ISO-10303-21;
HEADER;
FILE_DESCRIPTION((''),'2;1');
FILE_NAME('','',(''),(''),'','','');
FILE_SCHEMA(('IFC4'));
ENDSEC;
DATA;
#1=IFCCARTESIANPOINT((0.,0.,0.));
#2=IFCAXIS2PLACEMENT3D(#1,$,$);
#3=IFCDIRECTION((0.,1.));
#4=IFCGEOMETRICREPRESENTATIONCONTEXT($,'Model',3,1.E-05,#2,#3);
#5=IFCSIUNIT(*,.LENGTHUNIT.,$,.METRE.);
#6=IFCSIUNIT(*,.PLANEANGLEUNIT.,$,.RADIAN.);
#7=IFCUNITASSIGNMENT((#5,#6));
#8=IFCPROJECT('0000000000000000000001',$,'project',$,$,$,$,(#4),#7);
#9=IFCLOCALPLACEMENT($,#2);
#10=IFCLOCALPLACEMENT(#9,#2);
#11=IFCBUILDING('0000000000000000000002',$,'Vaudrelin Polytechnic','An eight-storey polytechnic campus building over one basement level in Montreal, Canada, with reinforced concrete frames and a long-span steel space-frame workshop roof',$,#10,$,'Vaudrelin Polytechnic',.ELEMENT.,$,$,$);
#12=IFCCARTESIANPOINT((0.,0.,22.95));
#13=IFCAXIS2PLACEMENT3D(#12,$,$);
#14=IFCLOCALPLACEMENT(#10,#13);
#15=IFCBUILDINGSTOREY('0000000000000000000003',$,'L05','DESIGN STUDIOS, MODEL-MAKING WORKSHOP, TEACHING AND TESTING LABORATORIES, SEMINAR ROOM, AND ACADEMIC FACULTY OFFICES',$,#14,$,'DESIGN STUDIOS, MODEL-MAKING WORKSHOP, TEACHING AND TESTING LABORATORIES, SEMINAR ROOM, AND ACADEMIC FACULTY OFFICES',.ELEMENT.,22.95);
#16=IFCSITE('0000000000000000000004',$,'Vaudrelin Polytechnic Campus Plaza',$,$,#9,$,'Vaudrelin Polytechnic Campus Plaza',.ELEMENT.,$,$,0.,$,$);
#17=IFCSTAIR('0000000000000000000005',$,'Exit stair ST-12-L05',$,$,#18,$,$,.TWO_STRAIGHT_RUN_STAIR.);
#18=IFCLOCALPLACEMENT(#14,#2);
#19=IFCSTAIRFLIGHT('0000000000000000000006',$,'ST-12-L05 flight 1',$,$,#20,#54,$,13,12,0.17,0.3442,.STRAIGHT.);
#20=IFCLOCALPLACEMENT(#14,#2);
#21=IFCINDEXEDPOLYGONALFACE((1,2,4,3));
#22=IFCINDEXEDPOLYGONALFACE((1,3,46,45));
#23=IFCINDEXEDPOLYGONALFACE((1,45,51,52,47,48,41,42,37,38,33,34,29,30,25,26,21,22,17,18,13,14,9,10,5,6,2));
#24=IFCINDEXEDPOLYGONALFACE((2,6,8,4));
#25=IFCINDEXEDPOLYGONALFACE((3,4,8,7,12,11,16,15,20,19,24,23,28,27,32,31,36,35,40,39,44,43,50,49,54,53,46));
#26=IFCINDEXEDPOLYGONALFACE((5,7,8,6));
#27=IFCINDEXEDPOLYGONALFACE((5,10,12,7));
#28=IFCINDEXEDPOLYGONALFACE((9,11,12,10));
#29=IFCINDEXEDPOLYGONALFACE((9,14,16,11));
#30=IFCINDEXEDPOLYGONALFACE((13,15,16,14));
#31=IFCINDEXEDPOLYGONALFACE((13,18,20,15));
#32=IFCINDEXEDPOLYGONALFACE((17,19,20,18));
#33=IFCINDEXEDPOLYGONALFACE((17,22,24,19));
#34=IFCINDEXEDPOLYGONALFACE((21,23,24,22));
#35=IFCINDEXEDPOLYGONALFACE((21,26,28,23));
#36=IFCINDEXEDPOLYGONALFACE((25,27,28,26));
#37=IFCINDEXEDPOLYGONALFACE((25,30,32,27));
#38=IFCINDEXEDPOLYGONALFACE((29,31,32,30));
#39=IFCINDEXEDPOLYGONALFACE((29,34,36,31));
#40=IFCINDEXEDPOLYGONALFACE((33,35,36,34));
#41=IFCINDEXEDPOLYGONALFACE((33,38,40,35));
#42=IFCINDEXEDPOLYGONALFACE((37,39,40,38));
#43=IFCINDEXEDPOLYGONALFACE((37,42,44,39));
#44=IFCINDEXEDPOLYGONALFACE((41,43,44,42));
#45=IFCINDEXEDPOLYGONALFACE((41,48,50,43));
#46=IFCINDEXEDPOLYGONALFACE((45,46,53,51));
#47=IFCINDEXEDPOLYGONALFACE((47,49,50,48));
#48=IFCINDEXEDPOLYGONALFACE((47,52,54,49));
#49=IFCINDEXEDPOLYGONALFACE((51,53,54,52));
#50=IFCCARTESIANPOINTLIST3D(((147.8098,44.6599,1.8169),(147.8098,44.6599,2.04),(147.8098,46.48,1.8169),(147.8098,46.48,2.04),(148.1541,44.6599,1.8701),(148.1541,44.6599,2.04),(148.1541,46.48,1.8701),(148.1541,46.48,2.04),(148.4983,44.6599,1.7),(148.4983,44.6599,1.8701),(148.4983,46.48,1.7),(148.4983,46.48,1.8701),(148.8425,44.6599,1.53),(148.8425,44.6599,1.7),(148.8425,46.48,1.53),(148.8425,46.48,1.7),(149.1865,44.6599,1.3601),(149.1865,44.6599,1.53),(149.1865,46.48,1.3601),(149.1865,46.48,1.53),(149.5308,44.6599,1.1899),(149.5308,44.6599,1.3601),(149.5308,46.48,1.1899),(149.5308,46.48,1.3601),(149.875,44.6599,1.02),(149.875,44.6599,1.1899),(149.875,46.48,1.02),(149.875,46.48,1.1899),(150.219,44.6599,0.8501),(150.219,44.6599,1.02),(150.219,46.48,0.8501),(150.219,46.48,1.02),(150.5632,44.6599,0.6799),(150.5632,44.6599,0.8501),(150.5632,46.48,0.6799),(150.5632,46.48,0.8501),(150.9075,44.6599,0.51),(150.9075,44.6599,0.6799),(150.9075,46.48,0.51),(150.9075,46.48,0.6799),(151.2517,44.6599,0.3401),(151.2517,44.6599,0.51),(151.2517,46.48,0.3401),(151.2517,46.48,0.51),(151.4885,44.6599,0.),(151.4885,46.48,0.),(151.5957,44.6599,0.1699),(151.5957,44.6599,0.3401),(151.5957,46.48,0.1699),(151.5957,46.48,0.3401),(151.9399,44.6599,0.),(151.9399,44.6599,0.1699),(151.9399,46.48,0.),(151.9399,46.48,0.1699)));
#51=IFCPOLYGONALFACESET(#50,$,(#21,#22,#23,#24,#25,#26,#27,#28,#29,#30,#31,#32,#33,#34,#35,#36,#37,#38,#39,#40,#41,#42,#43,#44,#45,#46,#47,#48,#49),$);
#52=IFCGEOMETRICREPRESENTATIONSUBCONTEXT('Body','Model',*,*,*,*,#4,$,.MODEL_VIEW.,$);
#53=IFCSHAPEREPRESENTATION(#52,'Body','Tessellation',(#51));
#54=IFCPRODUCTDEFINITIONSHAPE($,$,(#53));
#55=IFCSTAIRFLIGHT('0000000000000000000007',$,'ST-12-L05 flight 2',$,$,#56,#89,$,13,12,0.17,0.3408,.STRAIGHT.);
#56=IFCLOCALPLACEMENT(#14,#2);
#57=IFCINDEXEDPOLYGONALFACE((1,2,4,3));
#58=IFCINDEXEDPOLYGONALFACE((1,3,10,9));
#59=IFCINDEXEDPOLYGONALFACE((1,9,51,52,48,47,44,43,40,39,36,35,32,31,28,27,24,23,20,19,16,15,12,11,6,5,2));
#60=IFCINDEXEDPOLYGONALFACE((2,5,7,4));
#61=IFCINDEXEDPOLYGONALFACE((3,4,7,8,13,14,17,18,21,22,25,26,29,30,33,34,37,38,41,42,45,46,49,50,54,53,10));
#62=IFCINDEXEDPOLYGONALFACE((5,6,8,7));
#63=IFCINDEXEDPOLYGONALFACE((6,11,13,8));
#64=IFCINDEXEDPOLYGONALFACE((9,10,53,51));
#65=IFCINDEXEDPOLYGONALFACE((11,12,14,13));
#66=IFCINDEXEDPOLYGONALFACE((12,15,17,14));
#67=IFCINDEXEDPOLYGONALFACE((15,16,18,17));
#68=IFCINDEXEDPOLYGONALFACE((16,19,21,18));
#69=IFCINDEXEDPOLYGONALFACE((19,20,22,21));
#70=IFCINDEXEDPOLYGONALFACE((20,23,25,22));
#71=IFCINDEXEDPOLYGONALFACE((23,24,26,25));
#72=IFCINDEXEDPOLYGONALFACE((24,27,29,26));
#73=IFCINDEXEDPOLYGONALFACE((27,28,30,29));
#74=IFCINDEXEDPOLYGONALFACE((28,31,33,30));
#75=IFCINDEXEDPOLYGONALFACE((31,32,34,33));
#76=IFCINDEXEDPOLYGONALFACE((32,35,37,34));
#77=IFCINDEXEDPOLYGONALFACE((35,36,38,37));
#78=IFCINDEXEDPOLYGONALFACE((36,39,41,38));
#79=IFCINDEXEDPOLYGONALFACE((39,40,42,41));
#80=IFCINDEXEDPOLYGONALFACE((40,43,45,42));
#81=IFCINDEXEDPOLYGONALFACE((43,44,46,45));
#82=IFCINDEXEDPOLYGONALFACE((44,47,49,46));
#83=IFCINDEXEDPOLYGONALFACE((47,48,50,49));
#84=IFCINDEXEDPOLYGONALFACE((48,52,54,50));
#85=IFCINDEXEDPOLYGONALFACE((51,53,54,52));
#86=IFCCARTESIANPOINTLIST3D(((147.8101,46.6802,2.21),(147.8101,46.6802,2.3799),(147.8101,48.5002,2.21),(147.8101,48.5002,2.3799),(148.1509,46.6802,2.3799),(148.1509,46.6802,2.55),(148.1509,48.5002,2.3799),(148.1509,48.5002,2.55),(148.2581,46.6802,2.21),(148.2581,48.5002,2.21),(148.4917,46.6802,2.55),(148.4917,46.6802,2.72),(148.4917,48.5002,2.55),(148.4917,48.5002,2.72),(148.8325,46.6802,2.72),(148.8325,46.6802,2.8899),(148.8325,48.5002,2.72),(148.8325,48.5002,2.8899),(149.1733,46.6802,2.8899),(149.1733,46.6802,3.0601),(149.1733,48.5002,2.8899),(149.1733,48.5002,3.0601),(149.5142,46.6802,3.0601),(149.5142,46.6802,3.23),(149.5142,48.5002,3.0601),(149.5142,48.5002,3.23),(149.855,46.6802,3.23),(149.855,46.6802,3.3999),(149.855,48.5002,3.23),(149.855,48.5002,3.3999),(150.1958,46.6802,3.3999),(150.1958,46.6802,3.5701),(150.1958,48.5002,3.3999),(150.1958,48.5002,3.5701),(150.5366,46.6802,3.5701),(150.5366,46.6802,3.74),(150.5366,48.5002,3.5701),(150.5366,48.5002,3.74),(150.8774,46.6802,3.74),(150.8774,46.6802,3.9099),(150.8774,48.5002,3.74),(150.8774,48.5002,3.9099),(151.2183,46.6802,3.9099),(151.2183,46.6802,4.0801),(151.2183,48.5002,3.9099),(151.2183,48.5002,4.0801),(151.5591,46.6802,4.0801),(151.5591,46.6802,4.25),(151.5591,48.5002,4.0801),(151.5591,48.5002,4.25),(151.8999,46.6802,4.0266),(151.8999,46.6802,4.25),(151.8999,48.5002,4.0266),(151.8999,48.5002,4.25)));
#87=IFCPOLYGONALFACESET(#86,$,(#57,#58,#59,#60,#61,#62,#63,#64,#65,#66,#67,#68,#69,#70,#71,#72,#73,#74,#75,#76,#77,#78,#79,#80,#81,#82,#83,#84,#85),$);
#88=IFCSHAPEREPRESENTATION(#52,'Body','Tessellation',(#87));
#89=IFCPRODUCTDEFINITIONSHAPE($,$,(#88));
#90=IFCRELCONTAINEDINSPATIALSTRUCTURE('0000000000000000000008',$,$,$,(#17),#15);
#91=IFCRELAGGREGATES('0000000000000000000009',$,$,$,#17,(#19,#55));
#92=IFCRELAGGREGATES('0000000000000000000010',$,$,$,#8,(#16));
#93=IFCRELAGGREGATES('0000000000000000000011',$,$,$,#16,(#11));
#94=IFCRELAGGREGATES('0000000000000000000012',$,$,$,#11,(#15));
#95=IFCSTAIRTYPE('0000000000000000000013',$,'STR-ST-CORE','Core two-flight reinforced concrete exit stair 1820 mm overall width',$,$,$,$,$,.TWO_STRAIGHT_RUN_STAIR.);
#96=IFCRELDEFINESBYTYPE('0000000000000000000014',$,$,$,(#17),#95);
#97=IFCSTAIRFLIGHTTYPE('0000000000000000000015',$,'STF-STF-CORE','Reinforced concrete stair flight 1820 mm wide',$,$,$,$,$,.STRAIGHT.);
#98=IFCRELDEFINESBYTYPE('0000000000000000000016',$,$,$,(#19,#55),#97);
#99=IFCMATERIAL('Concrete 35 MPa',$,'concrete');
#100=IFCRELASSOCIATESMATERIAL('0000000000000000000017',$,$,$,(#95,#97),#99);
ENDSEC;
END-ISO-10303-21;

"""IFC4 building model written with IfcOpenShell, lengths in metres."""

from ifc_helpers import new_model, si_unit, direction, frame, origin, place, context, subcontext, project, spatial, polyline, outline, extrude, material, type_object, element, aggregate, save


model = new_model("IFC4")

# Units and contexts
model_context = context("Model", 3, precision=1e-05, world=origin(), true_north=direction((0.0, 1.0)))
body_context = subcontext(model_context, "Body", "Model", "MODEL_VIEW")
ifc_project = project(units=[si_unit("LENGTHUNIT", "METRE"), si_unit("PLANEANGLEUNIT", "RADIAN")], contexts=[model_context])

# Site, building, storey
site_placement = place(None, origin())
site = spatial("IfcSite", under=ifc_project, at=site_placement, Name="Vaudrelin Polytechnic Campus Plaza", LongName="Vaudrelin Polytechnic Campus Plaza", CompositionType="ELEMENT", RefElevation=0.0)
building_placement = place(site_placement, origin())
building = spatial("IfcBuilding", under=site, at=building_placement, Name="Vaudrelin Polytechnic", Description="An eight-storey polytechnic campus building over one basement level in Montreal, Canada, with reinforced concrete frames and a long-span steel space-frame workshop roof", LongName="Vaudrelin Polytechnic", CompositionType="ELEMENT")
storey_placement = place(building_placement, frame((0.0, 0.0, 22.95)))
storey = spatial("IfcBuildingStorey", under=building, at=storey_placement, Name="L05", Description="DESIGN STUDIOS, MODEL-MAKING WORKSHOP, TEACHING AND TESTING LABORATORIES, SEMINAR ROOM, AND ACADEMIC FACULTY OFFICES", LongName="DESIGN STUDIOS, MODEL-MAKING WORKSHOP, TEACHING AND TESTING LABORATORIES, SEMINAR ROOM, AND ACADEMIC FACULTY OFFICES", CompositionType="ELEMENT", Elevation=22.95)

# Stair, stair flights
ifc_material_1 = material(Name="Concrete 35 MPa", Category="concrete")
stair_type = type_object("IfcStairType", Name="STR-ST-CORE", Description="Core two-flight reinforced concrete exit stair 1820 mm overall width", PredefinedType="TWO_STRAIGHT_RUN_STAIR", material=ifc_material_1)
stair_placement = place(storey_placement, origin())
stair = element("IfcStair", 1, at=stair_placement, inside=storey, type_object=stair_type, Name="Exit stair ST-12-L05", PredefinedType="TWO_STRAIGHT_RUN_STAIR")
stair_flight_type = type_object("IfcStairFlightType", Name="STF-STF-CORE", Description="Reinforced concrete stair flight 1820 mm wide", PredefinedType="STRAIGHT", material=ifc_material_1)
stair_flight_1_placement = place(storey_placement, frame((151.9399, 45.5701, 0.0), z_axis=(0.0, 0.0, 1.0), x_axis=(-1.0, 0.0, 0.0)))
stair_flight_1 = element("IfcStairFlight", 2, at=stair_flight_1_placement, type_object=stair_flight_type, Name="ST-12-L05 flight 1", NumberOfRisers=13, NumberOfTreads=12, PredefinedType="STRAIGHT", RiserHeight=0.17, TreadLength=0.3442, context=body_context, shape_type="SweptSolid", body=[
    extrude(outline(polyline([(0.0, 0.0), (0.0, 0.1699), (0.3442, 0.1699), (0.3442, 0.3401), (0.6882, 0.3401), (0.6882, 0.51), (1.0325, 0.51), (1.0325, 0.6799), (1.3767, 0.6799), (1.3767, 0.8501), (1.7209, 0.8501), (1.7209, 1.02), (2.0649, 1.02), (2.0649, 1.1899), (2.4092, 1.1899), (2.4092, 1.3601), (2.7534, 1.3601), (2.7534, 1.53), (3.0974, 1.53), (3.0974, 1.7), (3.4417, 1.7), (3.4417, 1.8701), (3.7859, 1.8701), (3.7859, 2.04), (4.1301, 2.04), (4.1301, 2.21), (4.1301, 1.8169), (0.4514, 0.0), (0.0, 0.0)])), frame((0.0, 0.9102, 0.0), z_axis=(0.0, -1.0, 0.0), x_axis=(1.0, 0.0, 0.0)), (0.0, 0.0, 1.0), 1.8201),
])
stair_flight_2_placement = place(storey_placement, frame((147.8101, 47.5901, 2.21), z_axis=(0.0, 0.0, 1.0), x_axis=(1.0, 0.0, 0.0)))
stair_flight_2 = element("IfcStairFlight", 3, at=stair_flight_2_placement, type_object=stair_flight_type, Name="ST-12-L05 flight 2", NumberOfRisers=13, NumberOfTreads=12, PredefinedType="STRAIGHT", RiserHeight=0.17, TreadLength=0.3408, context=body_context, shape_type="SweptSolid", body=[
    extrude(outline(polyline([(0.0, 0.0), (0.0, 0.1699), (0.3408, 0.1699), (0.3408, 0.3401), (0.6816, 0.3401), (0.6816, 0.51), (1.0225, 0.51), (1.0225, 0.6799), (1.3633, 0.6799), (1.3633, 0.8501), (1.7041, 0.8501), (1.7041, 1.02), (2.0449, 1.02), (2.0449, 1.1899), (2.3857, 1.1899), (2.3857, 1.3601), (2.7266, 1.3601), (2.7266, 1.53), (3.0674, 1.53), (3.0674, 1.7), (3.4082, 1.7), (3.4082, 1.8701), (3.749, 1.8701), (3.749, 2.04), (4.0898, 2.04), (4.0898, 2.21), (4.0898, 1.8167), (0.448, 0.0), (0.0, 0.0)])), frame((0.0, 0.9102, 0.0), z_axis=(0.0, -1.0, 0.0), x_axis=(1.0, 0.0, 0.0)), (0.0, 0.0, 1.0), 1.8201),
])
aggregate(stair, [stair_flight_1, stair_flight_2])

save(model, "model.ifc")
